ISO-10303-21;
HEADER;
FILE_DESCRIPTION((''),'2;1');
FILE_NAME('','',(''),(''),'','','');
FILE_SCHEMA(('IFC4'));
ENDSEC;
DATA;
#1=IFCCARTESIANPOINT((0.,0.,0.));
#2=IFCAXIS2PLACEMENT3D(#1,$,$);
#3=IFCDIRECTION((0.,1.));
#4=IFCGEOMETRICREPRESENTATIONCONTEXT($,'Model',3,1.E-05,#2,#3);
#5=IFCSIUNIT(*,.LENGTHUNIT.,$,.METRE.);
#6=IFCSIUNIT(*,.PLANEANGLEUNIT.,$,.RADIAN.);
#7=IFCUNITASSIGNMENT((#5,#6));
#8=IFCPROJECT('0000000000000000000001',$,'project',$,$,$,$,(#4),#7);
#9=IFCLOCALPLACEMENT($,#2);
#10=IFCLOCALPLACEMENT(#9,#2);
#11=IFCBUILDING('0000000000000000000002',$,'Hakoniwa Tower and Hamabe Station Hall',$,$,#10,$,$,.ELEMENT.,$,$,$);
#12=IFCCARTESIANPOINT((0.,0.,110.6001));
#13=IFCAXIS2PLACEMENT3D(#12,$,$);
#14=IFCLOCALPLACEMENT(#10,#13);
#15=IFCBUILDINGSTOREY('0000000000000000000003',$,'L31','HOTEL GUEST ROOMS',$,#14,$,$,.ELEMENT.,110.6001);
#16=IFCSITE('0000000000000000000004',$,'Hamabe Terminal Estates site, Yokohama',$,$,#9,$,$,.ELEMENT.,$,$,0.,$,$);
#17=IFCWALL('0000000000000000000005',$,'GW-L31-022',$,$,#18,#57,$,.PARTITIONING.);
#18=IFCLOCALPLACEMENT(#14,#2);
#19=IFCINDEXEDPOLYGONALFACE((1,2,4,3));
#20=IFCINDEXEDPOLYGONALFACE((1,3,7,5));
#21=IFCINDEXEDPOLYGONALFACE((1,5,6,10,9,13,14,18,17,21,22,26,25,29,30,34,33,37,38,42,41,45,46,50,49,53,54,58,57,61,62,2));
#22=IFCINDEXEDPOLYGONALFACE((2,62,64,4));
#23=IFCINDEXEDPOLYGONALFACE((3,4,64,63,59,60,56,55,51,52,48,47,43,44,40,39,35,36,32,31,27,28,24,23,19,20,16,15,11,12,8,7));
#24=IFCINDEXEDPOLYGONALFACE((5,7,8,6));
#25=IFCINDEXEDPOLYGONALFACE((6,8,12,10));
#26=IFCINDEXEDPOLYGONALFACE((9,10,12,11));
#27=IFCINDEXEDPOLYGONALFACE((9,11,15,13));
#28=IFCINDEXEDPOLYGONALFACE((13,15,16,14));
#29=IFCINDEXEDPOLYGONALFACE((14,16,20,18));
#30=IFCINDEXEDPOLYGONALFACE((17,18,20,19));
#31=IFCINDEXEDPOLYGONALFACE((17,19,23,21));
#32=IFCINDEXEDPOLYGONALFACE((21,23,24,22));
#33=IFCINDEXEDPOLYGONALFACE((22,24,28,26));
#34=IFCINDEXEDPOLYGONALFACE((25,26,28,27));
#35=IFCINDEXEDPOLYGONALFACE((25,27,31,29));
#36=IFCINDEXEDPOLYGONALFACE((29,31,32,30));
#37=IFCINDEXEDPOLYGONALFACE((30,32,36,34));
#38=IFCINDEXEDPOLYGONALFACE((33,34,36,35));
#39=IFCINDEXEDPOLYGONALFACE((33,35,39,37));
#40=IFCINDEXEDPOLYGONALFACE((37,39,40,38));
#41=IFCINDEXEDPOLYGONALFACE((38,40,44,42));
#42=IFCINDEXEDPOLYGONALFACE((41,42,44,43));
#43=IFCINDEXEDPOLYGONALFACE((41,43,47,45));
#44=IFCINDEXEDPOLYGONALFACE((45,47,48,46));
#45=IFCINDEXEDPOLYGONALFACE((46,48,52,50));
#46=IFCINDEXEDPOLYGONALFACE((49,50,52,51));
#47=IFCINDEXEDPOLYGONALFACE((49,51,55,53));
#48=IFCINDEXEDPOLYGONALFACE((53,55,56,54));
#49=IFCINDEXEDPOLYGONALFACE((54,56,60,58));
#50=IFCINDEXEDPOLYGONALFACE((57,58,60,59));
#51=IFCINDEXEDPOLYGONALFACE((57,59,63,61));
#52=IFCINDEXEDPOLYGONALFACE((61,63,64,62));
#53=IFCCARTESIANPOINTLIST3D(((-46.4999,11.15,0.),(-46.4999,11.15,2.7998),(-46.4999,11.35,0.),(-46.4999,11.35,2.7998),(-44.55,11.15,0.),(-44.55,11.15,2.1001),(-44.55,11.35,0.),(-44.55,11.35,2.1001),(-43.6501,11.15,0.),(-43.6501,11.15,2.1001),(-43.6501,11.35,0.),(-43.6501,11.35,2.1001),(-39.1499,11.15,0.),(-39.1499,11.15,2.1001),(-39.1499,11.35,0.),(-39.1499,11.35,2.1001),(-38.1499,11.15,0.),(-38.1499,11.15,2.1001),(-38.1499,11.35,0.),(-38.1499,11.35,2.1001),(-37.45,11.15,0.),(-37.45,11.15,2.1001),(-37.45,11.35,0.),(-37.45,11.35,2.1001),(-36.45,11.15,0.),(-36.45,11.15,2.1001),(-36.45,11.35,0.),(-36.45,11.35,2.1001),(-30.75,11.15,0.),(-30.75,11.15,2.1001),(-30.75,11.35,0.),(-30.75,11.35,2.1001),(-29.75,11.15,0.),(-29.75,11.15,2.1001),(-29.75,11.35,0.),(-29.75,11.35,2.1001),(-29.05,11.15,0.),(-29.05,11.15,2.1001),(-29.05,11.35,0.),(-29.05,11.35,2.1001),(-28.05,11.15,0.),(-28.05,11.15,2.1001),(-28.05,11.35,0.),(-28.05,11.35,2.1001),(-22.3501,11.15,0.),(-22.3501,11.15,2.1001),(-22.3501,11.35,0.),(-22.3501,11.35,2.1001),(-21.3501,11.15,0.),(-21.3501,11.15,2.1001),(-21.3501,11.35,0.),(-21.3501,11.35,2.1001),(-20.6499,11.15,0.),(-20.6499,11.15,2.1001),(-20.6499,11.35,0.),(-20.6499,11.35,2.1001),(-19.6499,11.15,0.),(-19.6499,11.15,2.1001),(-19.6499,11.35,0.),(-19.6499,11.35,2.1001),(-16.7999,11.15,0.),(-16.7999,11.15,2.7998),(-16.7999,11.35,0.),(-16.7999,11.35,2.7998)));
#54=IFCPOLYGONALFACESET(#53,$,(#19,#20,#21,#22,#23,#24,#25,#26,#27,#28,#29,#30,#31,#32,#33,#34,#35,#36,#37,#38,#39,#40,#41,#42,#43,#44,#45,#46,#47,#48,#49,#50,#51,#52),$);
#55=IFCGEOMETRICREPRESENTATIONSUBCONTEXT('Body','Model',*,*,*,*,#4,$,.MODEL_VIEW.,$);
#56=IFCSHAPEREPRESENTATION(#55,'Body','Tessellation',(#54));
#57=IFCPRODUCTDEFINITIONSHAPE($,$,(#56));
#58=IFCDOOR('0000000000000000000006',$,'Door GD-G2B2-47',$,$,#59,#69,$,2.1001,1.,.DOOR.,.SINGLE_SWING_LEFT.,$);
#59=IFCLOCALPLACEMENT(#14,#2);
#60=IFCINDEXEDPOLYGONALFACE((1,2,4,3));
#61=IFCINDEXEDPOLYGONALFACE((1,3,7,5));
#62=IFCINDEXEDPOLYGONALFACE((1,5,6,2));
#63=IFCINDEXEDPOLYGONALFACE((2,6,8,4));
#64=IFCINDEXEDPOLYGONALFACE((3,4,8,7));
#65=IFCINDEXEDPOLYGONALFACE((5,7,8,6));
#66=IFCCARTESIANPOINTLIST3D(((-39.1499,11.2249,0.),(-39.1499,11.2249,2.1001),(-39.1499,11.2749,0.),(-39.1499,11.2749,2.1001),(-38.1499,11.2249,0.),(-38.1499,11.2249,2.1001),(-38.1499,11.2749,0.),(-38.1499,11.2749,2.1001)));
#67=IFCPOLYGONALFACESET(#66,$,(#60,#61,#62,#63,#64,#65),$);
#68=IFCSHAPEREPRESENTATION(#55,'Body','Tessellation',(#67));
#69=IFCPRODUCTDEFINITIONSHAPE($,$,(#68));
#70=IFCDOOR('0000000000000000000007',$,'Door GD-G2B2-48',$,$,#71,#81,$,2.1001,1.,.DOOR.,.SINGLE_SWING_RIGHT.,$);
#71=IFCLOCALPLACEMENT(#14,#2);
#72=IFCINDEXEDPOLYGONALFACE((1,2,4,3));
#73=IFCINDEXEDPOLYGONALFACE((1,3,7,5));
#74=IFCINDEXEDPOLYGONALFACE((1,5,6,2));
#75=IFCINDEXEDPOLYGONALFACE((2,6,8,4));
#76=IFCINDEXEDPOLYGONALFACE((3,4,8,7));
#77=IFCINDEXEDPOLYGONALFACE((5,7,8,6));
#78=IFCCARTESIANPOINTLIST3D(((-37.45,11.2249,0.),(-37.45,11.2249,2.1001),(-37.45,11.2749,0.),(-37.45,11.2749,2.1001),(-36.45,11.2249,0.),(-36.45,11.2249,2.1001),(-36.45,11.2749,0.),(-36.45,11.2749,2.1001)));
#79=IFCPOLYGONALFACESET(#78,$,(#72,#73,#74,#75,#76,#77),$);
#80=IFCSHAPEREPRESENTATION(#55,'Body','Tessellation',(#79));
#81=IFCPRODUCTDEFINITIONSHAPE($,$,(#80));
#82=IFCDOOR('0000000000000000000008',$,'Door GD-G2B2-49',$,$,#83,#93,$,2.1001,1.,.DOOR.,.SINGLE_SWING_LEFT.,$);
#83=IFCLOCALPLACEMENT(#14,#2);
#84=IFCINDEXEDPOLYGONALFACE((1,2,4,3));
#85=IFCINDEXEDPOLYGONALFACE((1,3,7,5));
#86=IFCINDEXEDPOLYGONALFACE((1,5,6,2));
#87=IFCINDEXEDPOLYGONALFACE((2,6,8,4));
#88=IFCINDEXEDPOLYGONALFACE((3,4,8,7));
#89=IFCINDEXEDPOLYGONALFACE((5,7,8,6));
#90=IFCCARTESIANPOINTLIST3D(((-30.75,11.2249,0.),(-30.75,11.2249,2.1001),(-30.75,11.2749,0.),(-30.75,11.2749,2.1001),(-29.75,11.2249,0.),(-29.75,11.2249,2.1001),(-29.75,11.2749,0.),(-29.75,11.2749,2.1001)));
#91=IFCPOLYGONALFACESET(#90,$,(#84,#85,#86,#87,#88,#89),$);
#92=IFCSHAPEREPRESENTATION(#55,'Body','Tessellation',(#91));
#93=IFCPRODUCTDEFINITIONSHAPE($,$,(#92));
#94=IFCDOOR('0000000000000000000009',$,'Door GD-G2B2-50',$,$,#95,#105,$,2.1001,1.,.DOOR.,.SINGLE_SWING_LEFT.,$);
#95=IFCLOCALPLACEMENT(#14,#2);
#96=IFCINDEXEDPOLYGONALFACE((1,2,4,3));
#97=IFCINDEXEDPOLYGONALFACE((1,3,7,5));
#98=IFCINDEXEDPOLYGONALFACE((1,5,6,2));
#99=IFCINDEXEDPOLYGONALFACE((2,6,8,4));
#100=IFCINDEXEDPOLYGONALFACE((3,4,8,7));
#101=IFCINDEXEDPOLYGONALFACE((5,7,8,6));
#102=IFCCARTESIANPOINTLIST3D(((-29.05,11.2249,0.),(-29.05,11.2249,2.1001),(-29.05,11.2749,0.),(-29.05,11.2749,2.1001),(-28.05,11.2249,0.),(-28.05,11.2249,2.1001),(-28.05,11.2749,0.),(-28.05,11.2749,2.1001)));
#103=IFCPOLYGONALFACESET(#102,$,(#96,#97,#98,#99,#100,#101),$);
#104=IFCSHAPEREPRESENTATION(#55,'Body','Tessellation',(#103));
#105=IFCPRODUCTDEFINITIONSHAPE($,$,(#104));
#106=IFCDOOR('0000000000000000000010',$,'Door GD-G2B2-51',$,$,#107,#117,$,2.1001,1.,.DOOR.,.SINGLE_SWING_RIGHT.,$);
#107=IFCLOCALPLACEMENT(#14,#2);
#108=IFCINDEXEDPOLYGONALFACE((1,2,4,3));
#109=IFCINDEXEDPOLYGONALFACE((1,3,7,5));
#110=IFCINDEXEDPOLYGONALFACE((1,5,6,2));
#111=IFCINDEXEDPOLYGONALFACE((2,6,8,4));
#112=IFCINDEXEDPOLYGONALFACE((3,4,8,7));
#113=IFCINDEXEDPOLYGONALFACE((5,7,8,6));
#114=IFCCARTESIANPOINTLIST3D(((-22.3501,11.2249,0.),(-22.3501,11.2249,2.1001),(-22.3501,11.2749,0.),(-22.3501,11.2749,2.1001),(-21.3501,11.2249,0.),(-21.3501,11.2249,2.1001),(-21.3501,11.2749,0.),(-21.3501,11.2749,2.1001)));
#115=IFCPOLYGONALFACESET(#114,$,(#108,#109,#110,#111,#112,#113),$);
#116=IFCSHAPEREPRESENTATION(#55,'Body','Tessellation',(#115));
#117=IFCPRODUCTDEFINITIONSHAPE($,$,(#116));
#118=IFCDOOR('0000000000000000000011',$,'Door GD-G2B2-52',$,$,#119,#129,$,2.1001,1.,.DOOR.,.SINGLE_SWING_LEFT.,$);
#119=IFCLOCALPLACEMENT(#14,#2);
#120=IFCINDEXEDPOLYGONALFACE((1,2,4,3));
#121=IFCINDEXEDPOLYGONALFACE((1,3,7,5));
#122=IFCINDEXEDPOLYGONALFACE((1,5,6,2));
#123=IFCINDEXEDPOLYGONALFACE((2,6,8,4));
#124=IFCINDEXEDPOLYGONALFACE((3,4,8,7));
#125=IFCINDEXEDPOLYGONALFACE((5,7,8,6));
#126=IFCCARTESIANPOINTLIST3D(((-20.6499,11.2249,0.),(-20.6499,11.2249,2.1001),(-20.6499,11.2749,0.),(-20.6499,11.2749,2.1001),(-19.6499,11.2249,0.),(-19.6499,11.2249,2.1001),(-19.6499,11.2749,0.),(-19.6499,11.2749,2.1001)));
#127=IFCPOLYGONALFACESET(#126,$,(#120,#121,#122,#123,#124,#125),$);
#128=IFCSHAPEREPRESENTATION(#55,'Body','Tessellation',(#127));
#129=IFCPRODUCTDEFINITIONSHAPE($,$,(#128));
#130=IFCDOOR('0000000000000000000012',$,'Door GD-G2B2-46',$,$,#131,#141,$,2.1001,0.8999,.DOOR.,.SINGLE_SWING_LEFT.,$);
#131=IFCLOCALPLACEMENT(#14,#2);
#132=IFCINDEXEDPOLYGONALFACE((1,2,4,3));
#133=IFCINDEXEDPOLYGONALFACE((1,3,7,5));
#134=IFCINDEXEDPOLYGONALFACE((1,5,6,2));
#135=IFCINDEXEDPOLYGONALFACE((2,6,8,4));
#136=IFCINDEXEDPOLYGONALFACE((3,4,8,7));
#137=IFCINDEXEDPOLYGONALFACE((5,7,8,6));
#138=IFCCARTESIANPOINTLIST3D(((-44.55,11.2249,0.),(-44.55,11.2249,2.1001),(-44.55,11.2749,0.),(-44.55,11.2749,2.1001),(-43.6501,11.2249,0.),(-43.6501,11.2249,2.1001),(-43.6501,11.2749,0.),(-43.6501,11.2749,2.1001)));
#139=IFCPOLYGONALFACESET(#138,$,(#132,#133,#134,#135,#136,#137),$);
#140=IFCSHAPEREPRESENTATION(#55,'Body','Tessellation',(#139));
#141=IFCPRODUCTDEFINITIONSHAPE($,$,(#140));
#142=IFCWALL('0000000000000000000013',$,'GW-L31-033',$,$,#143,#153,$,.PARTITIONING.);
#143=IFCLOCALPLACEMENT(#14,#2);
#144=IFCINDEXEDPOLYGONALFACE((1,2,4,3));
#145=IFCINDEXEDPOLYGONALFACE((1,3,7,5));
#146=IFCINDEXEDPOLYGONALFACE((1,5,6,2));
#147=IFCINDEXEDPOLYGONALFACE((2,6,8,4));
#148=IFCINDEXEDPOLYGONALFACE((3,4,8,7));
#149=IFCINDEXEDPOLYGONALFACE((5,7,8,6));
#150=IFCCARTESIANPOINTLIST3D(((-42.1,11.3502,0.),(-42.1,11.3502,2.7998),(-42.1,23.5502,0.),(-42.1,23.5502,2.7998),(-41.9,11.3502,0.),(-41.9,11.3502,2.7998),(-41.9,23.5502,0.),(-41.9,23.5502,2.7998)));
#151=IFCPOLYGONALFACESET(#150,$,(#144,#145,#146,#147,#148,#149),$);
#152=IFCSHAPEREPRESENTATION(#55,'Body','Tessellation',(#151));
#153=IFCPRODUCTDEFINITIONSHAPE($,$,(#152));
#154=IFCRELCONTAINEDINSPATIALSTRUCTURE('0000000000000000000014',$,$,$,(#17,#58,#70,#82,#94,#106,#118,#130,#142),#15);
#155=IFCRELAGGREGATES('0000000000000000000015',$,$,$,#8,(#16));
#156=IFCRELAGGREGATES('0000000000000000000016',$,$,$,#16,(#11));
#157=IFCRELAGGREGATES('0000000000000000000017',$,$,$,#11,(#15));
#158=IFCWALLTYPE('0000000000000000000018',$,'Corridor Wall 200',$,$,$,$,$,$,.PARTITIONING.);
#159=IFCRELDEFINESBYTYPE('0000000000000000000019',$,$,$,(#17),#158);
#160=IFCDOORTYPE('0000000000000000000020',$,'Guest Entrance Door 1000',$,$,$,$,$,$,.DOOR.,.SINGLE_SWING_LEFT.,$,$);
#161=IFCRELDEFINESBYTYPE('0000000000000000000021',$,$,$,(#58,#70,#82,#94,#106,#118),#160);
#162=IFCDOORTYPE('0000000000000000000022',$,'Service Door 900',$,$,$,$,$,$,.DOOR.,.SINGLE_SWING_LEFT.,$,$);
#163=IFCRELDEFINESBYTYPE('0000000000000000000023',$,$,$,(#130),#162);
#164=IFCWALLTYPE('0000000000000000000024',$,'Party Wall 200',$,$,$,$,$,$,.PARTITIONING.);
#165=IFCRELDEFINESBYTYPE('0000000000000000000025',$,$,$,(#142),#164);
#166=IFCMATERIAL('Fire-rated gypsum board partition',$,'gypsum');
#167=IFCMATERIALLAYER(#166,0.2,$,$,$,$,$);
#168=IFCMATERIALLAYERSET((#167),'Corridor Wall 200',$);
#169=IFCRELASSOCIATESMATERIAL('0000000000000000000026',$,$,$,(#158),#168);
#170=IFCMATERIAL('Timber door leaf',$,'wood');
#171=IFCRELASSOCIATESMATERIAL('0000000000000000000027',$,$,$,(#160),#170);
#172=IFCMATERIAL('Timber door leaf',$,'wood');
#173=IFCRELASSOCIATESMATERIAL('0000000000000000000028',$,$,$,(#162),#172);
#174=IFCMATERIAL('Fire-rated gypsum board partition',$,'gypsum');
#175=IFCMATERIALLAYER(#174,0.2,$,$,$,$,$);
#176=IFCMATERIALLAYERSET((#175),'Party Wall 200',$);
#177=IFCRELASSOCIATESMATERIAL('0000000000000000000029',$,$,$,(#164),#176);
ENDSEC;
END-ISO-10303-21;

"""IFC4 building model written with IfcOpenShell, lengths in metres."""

from ifc_helpers import new_model, si_unit, direction, frame, frame_2d, origin, place, context, subcontext, project, spatial, rectangle, extrude, material, layer, layer_set, type_object, element, fill, save


model = new_model("IFC4")

# Units and contexts
model_context = context("Model", 3, precision=1e-05, world=origin(), true_north=direction((0.0, 1.0)))
body_context = subcontext(model_context, "Body", "Model", "MODEL_VIEW")
ifc_project = project(units=[si_unit("LENGTHUNIT", "METRE"), si_unit("PLANEANGLEUNIT", "RADIAN")], contexts=[model_context])

# Site, building, storey
site_placement = place(None, origin())
site = spatial("IfcSite", under=ifc_project, at=site_placement, Name="Hamabe Terminal Estates site, Yokohama", CompositionType="ELEMENT", RefElevation=0.0)
building_placement = place(site_placement, origin())
building = spatial("IfcBuilding", under=site, at=building_placement, Name="Hakoniwa Tower and Hamabe Station Hall", CompositionType="ELEMENT")
storey_placement = place(building_placement, frame((0.0, 0.0, 110.6001)))
storey = spatial("IfcBuildingStorey", under=building, at=storey_placement, Name="L31", Description="HOTEL GUEST ROOMS", CompositionType="ELEMENT", Elevation=110.6001)

# Shared definitions
ifc_material_1 = material(Name="Fire-rated gypsum board partition", Category="gypsum")
ifc_layer_1 = layer(ifc_material_1, 0.2)
ifc_layer_set_1 = layer_set([ifc_layer_1], Name="Corridor Wall 200")
wall_type_1 = type_object("IfcWallType", Name="Corridor Wall 200", PredefinedType="PARTITIONING", material=ifc_layer_set_1)
ifc_material_2 = material(Name="Timber door leaf", Category="wood")
door_type_1 = type_object("IfcDoorType", Name="Guest Entrance Door 1000", OperationType="SINGLE_SWING_LEFT", PredefinedType="DOOR", material=ifc_material_2)

# Wall, openings, doors
wall_1_placement = place(storey_placement, frame((-46.5, 11.25, 0.0), z_axis=(0.0, 0.0, 1.0), x_axis=(1.0, 0.0, 0.0)))
wall_1 = element("IfcWall", 1, at=wall_1_placement, inside=storey, type_object=wall_type_1, Name="GW-L31-022", PredefinedType="PARTITIONING", context=body_context, shape_type="SweptSolid", body=[
    extrude(rectangle(XDim=29.7, YDim=0.2, at=frame_2d((14.8501, 0.0))), origin(), (0.0, 0.0, 1.0), 2.7998),
])
opening_1_placement = place(wall_1_placement, frame((1.95, 0.0, 0.0)))
opening_1 = element("IfcOpeningElement", 2, at=opening_1_placement, cuts=wall_1, PredefinedType="OPENING", context=body_context, shape_type="SweptSolid", body=[
    extrude(rectangle(XDim=0.8999, YDim=2.1001, at=frame_2d((0.45, 1.05))), frame((0.0, 0.1099, 0.0), z_axis=(0.0, -1.0, 0.0), x_axis=(1.0, 0.0, 0.0)), (0.0, 0.0, 1.0), 0.22),
])
opening_2_placement = place(wall_1_placement, frame((7.3501, 0.0, 0.0)))
opening_2 = element("IfcOpeningElement", 3, at=opening_2_placement, cuts=wall_1, PredefinedType="OPENING", context=body_context, shape_type="SweptSolid", body=[
    extrude(rectangle(XDim=1.0, YDim=2.1001, at=frame_2d((0.5, 1.05))), frame((0.0, 0.1099, 0.0), z_axis=(0.0, -1.0, 0.0), x_axis=(1.0, 0.0, 0.0)), (0.0, 0.0, 1.0), 0.22),
])
opening_3_placement = place(wall_1_placement, frame((9.05, 0.0, 0.0)))
opening_3 = element("IfcOpeningElement", 4, at=opening_3_placement, cuts=wall_1, PredefinedType="OPENING", context=body_context, shape_type="SweptSolid", body=[
    extrude(rectangle(XDim=1.0, YDim=2.1001, at=frame_2d((0.5, 1.05))), frame((0.0, 0.1099, 0.0), z_axis=(0.0, -1.0, 0.0), x_axis=(1.0, 0.0, 0.0)), (0.0, 0.0, 1.0), 0.22),
])
opening_4_placement = place(wall_1_placement, frame((15.75, 0.0, 0.0)))
opening_4 = element("IfcOpeningElement", 5, at=opening_4_placement, cuts=wall_1, PredefinedType="OPENING", context=body_context, shape_type="SweptSolid", body=[
    extrude(rectangle(XDim=1.0, YDim=2.1001, at=frame_2d((0.5, 1.05))), frame((0.0, 0.1099, 0.0), z_axis=(0.0, -1.0, 0.0), x_axis=(1.0, 0.0, 0.0)), (0.0, 0.0, 1.0), 0.22),
])
opening_5_placement = place(wall_1_placement, frame((17.45, 0.0, 0.0)))
opening_5 = element("IfcOpeningElement", 6, at=opening_5_placement, cuts=wall_1, PredefinedType="OPENING", context=body_context, shape_type="SweptSolid", body=[
    extrude(rectangle(XDim=1.0, YDim=2.1001, at=frame_2d((0.5, 1.05))), frame((0.0, 0.1099, 0.0), z_axis=(0.0, -1.0, 0.0), x_axis=(1.0, 0.0, 0.0)), (0.0, 0.0, 1.0), 0.22),
])
opening_6_placement = place(wall_1_placement, frame((24.1499, 0.0, 0.0)))
opening_6 = element("IfcOpeningElement", 7, at=opening_6_placement, cuts=wall_1, PredefinedType="OPENING", context=body_context, shape_type="SweptSolid", body=[
    extrude(rectangle(XDim=1.0, YDim=2.1001, at=frame_2d((0.5, 1.05))), frame((0.0, 0.1099, 0.0), z_axis=(0.0, -1.0, 0.0), x_axis=(1.0, 0.0, 0.0)), (0.0, 0.0, 1.0), 0.22),
])
opening_7_placement = place(wall_1_placement, frame((25.8501, 0.0, 0.0)))
opening_7 = element("IfcOpeningElement", 8, at=opening_7_placement, cuts=wall_1, PredefinedType="OPENING", context=body_context, shape_type="SweptSolid", body=[
    extrude(rectangle(XDim=1.0, YDim=2.1001, at=frame_2d((0.5, 1.05))), frame((0.0, 0.1099, 0.0), z_axis=(0.0, -1.0, 0.0), x_axis=(1.0, 0.0, 0.0)), (0.0, 0.0, 1.0), 0.22),
])
door_1_placement = place(opening_2_placement, origin())
door_1 = element("IfcDoor", 9, at=door_1_placement, inside=storey, type_object=door_type_1, Name="Door GD-G2B2-47", OperationType="SINGLE_SWING_LEFT", OverallHeight=2.1001, OverallWidth=1.0, PredefinedType="DOOR", context=body_context, shape_type="SweptSolid", body=[
    extrude(rectangle(XDim=1.0, YDim=2.1001, at=frame_2d((0.5, 1.05))), frame((0.0, 0.0249, 0.0), z_axis=(0.0, -1.0, 0.0), x_axis=(1.0, 0.0, 0.0)), (0.0, 0.0, 1.0), 0.05),
])
fill(opening_2, door_1)
door_2_placement = place(opening_3_placement, origin())
door_2 = element("IfcDoor", 10, at=door_2_placement, inside=storey, type_object=door_type_1, Name="Door GD-G2B2-48", OperationType="SINGLE_SWING_RIGHT", OverallHeight=2.1001, OverallWidth=1.0, PredefinedType="DOOR", context=body_context, shape_type="SweptSolid", body=[
    extrude(rectangle(XDim=1.0, YDim=2.1001, at=frame_2d((0.5, 1.05))), frame((0.0, 0.0249, 0.0), z_axis=(0.0, -1.0, 0.0), x_axis=(1.0, 0.0, 0.0)), (0.0, 0.0, 1.0), 0.05),
])
fill(opening_3, door_2)
door_3_placement = place(opening_4_placement, origin())
door_3 = element("IfcDoor", 11, at=door_3_placement, inside=storey, type_object=door_type_1, Name="Door GD-G2B2-49", OperationType="SINGLE_SWING_LEFT", OverallHeight=2.1001, OverallWidth=1.0, PredefinedType="DOOR", context=body_context, shape_type="SweptSolid", body=[
    extrude(rectangle(XDim=1.0, YDim=2.1001, at=frame_2d((0.5, 1.05))), frame((0.0, 0.0249, 0.0), z_axis=(0.0, -1.0, 0.0), x_axis=(1.0, 0.0, 0.0)), (0.0, 0.0, 1.0), 0.05),
])
fill(opening_4, door_3)
door_4_placement = place(opening_5_placement, origin())
door_4 = element("IfcDoor", 12, at=door_4_placement, inside=storey, type_object=door_type_1, Name="Door GD-G2B2-50", OperationType="SINGLE_SWING_LEFT", OverallHeight=2.1001, OverallWidth=1.0, PredefinedType="DOOR", context=body_context, shape_type="SweptSolid", body=[
    extrude(rectangle(XDim=1.0, YDim=2.1001, at=frame_2d((0.5, 1.05))), frame((0.0, 0.0249, 0.0), z_axis=(0.0, -1.0, 0.0), x_axis=(1.0, 0.0, 0.0)), (0.0, 0.0, 1.0), 0.05),
])
fill(opening_5, door_4)
door_5_placement = place(opening_6_placement, origin())
door_5 = element("IfcDoor", 13, at=door_5_placement, inside=storey, type_object=door_type_1, Name="Door GD-G2B2-51", OperationType="SINGLE_SWING_RIGHT", OverallHeight=2.1001, OverallWidth=1.0, PredefinedType="DOOR", context=body_context, shape_type="SweptSolid", body=[
    extrude(rectangle(XDim=1.0, YDim=2.1001, at=frame_2d((0.5, 1.05))), frame((0.0, 0.0249, 0.0), z_axis=(0.0, -1.0, 0.0), x_axis=(1.0, 0.0, 0.0)), (0.0, 0.0, 1.0), 0.05),
])
fill(opening_6, door_5)
door_6_placement = place(opening_7_placement, origin())
door_6 = element("IfcDoor", 14, at=door_6_placement, inside=storey, type_object=door_type_1, Name="Door GD-G2B2-52", OperationType="SINGLE_SWING_LEFT", OverallHeight=2.1001, OverallWidth=1.0, PredefinedType="DOOR", context=body_context, shape_type="SweptSolid", body=[
    extrude(rectangle(XDim=1.0, YDim=2.1001, at=frame_2d((0.5, 1.05))), frame((0.0, 0.0249, 0.0), z_axis=(0.0, -1.0, 0.0), x_axis=(1.0, 0.0, 0.0)), (0.0, 0.0, 1.0), 0.05),
])
fill(opening_7, door_6)
ifc_material_3 = material(Name="Timber door leaf", Category="wood")
door_type_2 = type_object("IfcDoorType", Name="Service Door 900", OperationType="SINGLE_SWING_LEFT", PredefinedType="DOOR", material=ifc_material_3)
door_7_placement = place(opening_1_placement, origin())
door_7 = element("IfcDoor", 15, at=door_7_placement, inside=storey, type_object=door_type_2, Name="Door GD-G2B2-46", OperationType="SINGLE_SWING_LEFT", OverallHeight=2.1001, OverallWidth=0.8999, PredefinedType="DOOR", context=body_context, shape_type="SweptSolid", body=[
    extrude(rectangle(XDim=0.8999, YDim=2.1001, at=frame_2d((0.45, 1.05))), frame((0.0, 0.0249, 0.0), z_axis=(0.0, -1.0, 0.0), x_axis=(1.0, 0.0, 0.0)), (0.0, 0.0, 1.0), 0.05),
])
fill(opening_1, door_7)

# Wall
ifc_material_4 = material(Name="Fire-rated gypsum board partition", Category="gypsum")
ifc_layer_2 = layer(ifc_material_4, 0.2)
ifc_layer_set_2 = layer_set([ifc_layer_2], Name="Party Wall 200")
wall_type_2 = type_object("IfcWallType", Name="Party Wall 200", PredefinedType="PARTITIONING", material=ifc_layer_set_2)
wall_2_placement = place(storey_placement, frame((-42.0, 11.3501, 0.0), z_axis=(0.0, 0.0, 1.0), x_axis=(0.0, 1.0, 0.0)))
element("IfcWall", 16, at=wall_2_placement, inside=storey, type_object=wall_type_2, Name="GW-L31-033", PredefinedType="PARTITIONING", context=body_context, shape_type="SweptSolid", body=[
    extrude(rectangle(XDim=12.2, YDim=0.2, at=frame_2d((6.1001, 0.0))), origin(), (0.0, 0.0, 1.0), 2.7998),
])

save(model, "model.ifc")
